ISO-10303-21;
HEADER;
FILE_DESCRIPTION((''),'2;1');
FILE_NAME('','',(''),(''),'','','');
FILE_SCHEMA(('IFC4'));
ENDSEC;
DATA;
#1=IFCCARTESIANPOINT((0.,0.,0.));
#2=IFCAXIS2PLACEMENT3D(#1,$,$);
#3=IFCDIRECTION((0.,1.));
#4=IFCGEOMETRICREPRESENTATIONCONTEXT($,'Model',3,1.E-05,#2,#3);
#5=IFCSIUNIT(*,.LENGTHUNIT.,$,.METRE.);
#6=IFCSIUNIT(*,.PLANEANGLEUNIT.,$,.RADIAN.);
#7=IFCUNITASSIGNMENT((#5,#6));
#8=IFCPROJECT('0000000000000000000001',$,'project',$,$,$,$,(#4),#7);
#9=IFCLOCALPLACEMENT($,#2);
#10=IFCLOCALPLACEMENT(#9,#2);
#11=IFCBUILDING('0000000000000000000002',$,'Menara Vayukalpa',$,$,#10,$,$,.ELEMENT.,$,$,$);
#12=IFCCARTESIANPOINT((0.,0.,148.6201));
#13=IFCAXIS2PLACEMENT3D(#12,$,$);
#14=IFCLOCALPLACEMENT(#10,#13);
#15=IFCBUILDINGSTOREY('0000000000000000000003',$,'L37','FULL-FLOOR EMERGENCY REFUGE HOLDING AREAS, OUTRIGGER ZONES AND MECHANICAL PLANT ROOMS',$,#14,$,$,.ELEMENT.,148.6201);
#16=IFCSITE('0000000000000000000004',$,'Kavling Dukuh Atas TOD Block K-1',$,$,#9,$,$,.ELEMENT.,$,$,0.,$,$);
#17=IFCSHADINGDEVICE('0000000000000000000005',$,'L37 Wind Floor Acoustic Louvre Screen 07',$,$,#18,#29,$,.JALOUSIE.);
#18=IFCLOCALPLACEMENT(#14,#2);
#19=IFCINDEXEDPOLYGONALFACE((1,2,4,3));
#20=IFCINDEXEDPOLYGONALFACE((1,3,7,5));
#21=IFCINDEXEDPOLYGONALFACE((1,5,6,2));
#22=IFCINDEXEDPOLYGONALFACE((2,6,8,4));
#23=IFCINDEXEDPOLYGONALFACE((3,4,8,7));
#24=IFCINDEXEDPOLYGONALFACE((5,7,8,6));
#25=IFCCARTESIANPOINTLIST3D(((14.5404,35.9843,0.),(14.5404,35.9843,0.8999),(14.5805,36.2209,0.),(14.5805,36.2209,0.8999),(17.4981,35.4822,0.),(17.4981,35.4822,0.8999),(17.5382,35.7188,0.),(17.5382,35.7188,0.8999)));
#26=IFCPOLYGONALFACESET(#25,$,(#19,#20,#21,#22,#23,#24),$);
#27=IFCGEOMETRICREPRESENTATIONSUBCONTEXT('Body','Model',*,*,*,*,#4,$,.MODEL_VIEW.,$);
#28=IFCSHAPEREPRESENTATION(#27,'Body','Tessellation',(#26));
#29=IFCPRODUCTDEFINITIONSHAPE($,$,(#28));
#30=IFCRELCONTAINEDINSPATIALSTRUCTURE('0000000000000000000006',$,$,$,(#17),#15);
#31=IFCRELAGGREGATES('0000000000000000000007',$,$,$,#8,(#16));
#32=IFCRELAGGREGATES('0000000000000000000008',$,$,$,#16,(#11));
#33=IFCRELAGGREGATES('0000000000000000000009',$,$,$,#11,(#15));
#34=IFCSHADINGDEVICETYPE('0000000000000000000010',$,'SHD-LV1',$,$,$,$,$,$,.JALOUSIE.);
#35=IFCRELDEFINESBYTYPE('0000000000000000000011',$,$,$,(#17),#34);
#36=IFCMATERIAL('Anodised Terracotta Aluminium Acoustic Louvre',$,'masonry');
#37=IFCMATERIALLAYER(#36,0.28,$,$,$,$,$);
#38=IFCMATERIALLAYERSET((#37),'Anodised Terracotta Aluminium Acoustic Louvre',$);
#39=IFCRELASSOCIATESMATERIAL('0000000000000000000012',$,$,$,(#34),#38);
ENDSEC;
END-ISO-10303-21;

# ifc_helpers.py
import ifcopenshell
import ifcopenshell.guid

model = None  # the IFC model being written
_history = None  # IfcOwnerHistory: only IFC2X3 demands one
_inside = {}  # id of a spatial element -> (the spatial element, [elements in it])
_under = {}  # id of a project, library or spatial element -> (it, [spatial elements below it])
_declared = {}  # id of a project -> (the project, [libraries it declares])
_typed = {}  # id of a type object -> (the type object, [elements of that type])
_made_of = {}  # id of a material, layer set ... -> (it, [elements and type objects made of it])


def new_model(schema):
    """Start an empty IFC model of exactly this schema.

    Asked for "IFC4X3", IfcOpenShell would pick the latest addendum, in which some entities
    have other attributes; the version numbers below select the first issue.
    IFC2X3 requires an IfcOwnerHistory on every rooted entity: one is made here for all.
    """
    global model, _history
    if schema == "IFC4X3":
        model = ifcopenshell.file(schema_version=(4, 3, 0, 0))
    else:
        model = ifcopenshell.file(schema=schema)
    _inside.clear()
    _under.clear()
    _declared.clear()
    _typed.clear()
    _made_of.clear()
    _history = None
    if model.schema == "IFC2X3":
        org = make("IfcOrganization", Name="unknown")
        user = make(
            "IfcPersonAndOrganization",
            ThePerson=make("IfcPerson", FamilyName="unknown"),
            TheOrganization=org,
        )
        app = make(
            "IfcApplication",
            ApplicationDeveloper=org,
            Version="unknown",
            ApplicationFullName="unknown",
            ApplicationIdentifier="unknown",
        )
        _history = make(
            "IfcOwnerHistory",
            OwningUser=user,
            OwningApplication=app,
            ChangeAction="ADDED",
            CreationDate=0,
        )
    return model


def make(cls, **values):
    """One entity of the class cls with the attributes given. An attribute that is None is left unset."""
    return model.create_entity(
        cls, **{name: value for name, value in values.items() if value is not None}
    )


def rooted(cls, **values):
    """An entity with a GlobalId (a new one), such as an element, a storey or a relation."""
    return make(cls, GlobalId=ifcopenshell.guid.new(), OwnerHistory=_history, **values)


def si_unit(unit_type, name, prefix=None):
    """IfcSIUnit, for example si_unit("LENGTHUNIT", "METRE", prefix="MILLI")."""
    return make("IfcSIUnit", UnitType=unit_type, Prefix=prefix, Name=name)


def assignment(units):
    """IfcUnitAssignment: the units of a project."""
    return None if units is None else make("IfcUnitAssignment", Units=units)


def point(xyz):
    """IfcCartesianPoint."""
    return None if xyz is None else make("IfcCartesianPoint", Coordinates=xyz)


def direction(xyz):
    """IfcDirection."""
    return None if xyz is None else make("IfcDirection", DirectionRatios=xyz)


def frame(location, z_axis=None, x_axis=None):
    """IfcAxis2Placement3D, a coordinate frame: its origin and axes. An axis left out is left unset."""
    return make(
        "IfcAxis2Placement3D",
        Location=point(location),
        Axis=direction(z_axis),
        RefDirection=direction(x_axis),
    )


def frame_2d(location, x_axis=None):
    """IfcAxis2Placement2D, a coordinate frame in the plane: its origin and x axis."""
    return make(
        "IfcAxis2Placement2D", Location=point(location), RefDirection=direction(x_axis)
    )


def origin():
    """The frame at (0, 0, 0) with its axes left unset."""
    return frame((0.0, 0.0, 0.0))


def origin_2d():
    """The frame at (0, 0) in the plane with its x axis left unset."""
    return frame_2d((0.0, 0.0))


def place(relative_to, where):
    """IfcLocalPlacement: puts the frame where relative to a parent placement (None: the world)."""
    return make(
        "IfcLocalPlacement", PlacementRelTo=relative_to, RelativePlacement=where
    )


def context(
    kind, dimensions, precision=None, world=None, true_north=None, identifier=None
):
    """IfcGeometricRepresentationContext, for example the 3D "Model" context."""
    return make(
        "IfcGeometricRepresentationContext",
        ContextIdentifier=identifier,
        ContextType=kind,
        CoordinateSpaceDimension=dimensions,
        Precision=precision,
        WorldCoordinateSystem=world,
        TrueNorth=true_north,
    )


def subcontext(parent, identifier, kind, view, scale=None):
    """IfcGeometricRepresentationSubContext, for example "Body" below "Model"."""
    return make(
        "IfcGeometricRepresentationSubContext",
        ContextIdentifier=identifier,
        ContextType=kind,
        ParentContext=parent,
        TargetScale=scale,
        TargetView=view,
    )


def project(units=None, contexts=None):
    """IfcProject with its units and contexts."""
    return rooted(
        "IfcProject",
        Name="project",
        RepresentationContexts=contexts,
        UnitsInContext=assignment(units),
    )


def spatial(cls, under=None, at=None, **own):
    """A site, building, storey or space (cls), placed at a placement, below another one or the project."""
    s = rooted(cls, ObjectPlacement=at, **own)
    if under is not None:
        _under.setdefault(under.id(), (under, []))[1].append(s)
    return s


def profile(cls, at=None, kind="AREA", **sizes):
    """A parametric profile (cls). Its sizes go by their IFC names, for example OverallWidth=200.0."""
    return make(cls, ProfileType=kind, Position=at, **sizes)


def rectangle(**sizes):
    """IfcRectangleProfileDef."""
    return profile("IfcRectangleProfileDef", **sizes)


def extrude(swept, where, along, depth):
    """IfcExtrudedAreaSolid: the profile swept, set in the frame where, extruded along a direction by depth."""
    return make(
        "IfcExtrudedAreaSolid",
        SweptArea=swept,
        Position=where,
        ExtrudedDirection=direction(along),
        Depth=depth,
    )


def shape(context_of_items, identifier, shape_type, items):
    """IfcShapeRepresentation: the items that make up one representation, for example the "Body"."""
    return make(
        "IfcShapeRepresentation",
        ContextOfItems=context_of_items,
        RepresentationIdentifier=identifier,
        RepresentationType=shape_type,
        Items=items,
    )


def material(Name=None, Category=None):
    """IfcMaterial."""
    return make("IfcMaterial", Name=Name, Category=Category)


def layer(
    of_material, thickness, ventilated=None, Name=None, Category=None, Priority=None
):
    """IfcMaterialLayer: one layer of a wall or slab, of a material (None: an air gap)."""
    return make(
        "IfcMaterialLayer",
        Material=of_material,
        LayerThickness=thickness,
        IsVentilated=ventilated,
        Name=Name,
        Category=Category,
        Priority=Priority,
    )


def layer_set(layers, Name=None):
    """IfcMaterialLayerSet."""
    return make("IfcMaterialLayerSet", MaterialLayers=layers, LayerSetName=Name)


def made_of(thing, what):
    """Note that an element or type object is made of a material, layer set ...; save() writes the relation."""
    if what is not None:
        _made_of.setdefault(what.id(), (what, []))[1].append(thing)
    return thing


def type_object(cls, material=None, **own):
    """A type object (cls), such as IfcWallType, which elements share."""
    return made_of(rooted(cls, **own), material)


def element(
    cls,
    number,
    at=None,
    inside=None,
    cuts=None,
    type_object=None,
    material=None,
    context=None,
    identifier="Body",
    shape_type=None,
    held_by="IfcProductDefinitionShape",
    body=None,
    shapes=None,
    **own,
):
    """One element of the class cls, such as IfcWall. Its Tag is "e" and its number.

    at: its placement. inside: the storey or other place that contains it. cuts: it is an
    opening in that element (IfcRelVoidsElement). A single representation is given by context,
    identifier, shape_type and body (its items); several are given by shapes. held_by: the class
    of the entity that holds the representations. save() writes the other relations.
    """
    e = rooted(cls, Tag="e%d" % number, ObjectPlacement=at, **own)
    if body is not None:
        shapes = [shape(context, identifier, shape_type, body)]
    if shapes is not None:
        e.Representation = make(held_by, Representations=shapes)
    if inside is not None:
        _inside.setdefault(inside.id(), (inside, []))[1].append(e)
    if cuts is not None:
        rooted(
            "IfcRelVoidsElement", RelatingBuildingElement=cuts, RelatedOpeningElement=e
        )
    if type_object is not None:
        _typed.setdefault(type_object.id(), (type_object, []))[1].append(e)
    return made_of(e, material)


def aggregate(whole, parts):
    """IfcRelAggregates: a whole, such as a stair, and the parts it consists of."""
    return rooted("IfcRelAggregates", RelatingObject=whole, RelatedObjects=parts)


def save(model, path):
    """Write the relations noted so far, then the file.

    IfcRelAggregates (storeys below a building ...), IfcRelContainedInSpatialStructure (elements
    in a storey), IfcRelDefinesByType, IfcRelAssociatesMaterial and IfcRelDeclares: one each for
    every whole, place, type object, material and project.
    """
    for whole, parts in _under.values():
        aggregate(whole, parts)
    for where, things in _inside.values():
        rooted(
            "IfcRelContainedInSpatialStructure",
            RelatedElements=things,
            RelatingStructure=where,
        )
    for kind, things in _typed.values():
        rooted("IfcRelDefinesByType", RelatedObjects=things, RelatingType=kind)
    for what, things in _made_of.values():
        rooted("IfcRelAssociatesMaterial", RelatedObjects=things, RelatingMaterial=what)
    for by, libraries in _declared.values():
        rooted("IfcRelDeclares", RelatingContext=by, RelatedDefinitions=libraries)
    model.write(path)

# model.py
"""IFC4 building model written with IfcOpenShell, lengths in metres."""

from ifc_helpers import new_model, si_unit, direction, frame, origin, origin_2d, place, context, subcontext, project, spatial, rectangle, extrude, material, layer, layer_set, type_object, element, save


model = new_model("IFC4")

# Units and contexts
model_context = context("Model", 3, precision=1e-05, world=origin(), true_north=direction((0.0, 1.0)))
body_context = subcontext(model_context, "Body", "Model", "MODEL_VIEW")
ifc_project = project(units=[si_unit("LENGTHUNIT", "METRE"), si_unit("PLANEANGLEUNIT", "RADIAN")], contexts=[model_context])

# Site, building, storey
site_placement = place(None, origin())
site = spatial("IfcSite", under=ifc_project, at=site_placement, Name="Kavling Dukuh Atas TOD Block K-1", CompositionType="ELEMENT", RefElevation=0.0)
building_placement = place(site_placement, origin())
building = spatial("IfcBuilding", under=site, at=building_placement, Name="Menara Vayukalpa", CompositionType="ELEMENT")
storey_placement = place(building_placement, frame((0.0, 0.0, 148.6201)))
storey = spatial("IfcBuildingStorey", under=building, at=storey_placement, Name="L37", Description="FULL-FLOOR EMERGENCY REFUGE HOLDING AREAS, OUTRIGGER ZONES AND MECHANICAL PLANT ROOMS", CompositionType="ELEMENT", Elevation=148.6201)

# Shading device
ifc_material_1 = material(Name="Anodised Terracotta Aluminium Acoustic Louvre", Category="masonry")
ifc_layer_1 = layer(ifc_material_1, 0.28)
ifc_layer_set_1 = layer_set([ifc_layer_1], Name="Anodised Terracotta Aluminium Acoustic Louvre")
shading_device_type = type_object("IfcShadingDeviceType", Name="SHD-LV1", PredefinedType="JALOUSIE", material=ifc_layer_set_1)
shading_device_placement = place(storey_placement, frame((16.0393, 35.8516, 0.0), z_axis=(0.0, 0.0, 1.0), x_axis=(-0.985894, 0.167371, 0.0)))
element("IfcShadingDevice", 1, at=shading_device_placement, inside=storey, type_object=shading_device_type, Name="L37 Wind Floor Acoustic Louvre Screen 07", PredefinedType="JALOUSIE", context=body_context, shape_type="SweptSolid", body=[
    extrude(rectangle(XDim=3.0, YDim=0.24, at=origin_2d()), origin(), (0.0, 0.0, 1.0), 0.8999),
])

save(model, "model.ifc")
